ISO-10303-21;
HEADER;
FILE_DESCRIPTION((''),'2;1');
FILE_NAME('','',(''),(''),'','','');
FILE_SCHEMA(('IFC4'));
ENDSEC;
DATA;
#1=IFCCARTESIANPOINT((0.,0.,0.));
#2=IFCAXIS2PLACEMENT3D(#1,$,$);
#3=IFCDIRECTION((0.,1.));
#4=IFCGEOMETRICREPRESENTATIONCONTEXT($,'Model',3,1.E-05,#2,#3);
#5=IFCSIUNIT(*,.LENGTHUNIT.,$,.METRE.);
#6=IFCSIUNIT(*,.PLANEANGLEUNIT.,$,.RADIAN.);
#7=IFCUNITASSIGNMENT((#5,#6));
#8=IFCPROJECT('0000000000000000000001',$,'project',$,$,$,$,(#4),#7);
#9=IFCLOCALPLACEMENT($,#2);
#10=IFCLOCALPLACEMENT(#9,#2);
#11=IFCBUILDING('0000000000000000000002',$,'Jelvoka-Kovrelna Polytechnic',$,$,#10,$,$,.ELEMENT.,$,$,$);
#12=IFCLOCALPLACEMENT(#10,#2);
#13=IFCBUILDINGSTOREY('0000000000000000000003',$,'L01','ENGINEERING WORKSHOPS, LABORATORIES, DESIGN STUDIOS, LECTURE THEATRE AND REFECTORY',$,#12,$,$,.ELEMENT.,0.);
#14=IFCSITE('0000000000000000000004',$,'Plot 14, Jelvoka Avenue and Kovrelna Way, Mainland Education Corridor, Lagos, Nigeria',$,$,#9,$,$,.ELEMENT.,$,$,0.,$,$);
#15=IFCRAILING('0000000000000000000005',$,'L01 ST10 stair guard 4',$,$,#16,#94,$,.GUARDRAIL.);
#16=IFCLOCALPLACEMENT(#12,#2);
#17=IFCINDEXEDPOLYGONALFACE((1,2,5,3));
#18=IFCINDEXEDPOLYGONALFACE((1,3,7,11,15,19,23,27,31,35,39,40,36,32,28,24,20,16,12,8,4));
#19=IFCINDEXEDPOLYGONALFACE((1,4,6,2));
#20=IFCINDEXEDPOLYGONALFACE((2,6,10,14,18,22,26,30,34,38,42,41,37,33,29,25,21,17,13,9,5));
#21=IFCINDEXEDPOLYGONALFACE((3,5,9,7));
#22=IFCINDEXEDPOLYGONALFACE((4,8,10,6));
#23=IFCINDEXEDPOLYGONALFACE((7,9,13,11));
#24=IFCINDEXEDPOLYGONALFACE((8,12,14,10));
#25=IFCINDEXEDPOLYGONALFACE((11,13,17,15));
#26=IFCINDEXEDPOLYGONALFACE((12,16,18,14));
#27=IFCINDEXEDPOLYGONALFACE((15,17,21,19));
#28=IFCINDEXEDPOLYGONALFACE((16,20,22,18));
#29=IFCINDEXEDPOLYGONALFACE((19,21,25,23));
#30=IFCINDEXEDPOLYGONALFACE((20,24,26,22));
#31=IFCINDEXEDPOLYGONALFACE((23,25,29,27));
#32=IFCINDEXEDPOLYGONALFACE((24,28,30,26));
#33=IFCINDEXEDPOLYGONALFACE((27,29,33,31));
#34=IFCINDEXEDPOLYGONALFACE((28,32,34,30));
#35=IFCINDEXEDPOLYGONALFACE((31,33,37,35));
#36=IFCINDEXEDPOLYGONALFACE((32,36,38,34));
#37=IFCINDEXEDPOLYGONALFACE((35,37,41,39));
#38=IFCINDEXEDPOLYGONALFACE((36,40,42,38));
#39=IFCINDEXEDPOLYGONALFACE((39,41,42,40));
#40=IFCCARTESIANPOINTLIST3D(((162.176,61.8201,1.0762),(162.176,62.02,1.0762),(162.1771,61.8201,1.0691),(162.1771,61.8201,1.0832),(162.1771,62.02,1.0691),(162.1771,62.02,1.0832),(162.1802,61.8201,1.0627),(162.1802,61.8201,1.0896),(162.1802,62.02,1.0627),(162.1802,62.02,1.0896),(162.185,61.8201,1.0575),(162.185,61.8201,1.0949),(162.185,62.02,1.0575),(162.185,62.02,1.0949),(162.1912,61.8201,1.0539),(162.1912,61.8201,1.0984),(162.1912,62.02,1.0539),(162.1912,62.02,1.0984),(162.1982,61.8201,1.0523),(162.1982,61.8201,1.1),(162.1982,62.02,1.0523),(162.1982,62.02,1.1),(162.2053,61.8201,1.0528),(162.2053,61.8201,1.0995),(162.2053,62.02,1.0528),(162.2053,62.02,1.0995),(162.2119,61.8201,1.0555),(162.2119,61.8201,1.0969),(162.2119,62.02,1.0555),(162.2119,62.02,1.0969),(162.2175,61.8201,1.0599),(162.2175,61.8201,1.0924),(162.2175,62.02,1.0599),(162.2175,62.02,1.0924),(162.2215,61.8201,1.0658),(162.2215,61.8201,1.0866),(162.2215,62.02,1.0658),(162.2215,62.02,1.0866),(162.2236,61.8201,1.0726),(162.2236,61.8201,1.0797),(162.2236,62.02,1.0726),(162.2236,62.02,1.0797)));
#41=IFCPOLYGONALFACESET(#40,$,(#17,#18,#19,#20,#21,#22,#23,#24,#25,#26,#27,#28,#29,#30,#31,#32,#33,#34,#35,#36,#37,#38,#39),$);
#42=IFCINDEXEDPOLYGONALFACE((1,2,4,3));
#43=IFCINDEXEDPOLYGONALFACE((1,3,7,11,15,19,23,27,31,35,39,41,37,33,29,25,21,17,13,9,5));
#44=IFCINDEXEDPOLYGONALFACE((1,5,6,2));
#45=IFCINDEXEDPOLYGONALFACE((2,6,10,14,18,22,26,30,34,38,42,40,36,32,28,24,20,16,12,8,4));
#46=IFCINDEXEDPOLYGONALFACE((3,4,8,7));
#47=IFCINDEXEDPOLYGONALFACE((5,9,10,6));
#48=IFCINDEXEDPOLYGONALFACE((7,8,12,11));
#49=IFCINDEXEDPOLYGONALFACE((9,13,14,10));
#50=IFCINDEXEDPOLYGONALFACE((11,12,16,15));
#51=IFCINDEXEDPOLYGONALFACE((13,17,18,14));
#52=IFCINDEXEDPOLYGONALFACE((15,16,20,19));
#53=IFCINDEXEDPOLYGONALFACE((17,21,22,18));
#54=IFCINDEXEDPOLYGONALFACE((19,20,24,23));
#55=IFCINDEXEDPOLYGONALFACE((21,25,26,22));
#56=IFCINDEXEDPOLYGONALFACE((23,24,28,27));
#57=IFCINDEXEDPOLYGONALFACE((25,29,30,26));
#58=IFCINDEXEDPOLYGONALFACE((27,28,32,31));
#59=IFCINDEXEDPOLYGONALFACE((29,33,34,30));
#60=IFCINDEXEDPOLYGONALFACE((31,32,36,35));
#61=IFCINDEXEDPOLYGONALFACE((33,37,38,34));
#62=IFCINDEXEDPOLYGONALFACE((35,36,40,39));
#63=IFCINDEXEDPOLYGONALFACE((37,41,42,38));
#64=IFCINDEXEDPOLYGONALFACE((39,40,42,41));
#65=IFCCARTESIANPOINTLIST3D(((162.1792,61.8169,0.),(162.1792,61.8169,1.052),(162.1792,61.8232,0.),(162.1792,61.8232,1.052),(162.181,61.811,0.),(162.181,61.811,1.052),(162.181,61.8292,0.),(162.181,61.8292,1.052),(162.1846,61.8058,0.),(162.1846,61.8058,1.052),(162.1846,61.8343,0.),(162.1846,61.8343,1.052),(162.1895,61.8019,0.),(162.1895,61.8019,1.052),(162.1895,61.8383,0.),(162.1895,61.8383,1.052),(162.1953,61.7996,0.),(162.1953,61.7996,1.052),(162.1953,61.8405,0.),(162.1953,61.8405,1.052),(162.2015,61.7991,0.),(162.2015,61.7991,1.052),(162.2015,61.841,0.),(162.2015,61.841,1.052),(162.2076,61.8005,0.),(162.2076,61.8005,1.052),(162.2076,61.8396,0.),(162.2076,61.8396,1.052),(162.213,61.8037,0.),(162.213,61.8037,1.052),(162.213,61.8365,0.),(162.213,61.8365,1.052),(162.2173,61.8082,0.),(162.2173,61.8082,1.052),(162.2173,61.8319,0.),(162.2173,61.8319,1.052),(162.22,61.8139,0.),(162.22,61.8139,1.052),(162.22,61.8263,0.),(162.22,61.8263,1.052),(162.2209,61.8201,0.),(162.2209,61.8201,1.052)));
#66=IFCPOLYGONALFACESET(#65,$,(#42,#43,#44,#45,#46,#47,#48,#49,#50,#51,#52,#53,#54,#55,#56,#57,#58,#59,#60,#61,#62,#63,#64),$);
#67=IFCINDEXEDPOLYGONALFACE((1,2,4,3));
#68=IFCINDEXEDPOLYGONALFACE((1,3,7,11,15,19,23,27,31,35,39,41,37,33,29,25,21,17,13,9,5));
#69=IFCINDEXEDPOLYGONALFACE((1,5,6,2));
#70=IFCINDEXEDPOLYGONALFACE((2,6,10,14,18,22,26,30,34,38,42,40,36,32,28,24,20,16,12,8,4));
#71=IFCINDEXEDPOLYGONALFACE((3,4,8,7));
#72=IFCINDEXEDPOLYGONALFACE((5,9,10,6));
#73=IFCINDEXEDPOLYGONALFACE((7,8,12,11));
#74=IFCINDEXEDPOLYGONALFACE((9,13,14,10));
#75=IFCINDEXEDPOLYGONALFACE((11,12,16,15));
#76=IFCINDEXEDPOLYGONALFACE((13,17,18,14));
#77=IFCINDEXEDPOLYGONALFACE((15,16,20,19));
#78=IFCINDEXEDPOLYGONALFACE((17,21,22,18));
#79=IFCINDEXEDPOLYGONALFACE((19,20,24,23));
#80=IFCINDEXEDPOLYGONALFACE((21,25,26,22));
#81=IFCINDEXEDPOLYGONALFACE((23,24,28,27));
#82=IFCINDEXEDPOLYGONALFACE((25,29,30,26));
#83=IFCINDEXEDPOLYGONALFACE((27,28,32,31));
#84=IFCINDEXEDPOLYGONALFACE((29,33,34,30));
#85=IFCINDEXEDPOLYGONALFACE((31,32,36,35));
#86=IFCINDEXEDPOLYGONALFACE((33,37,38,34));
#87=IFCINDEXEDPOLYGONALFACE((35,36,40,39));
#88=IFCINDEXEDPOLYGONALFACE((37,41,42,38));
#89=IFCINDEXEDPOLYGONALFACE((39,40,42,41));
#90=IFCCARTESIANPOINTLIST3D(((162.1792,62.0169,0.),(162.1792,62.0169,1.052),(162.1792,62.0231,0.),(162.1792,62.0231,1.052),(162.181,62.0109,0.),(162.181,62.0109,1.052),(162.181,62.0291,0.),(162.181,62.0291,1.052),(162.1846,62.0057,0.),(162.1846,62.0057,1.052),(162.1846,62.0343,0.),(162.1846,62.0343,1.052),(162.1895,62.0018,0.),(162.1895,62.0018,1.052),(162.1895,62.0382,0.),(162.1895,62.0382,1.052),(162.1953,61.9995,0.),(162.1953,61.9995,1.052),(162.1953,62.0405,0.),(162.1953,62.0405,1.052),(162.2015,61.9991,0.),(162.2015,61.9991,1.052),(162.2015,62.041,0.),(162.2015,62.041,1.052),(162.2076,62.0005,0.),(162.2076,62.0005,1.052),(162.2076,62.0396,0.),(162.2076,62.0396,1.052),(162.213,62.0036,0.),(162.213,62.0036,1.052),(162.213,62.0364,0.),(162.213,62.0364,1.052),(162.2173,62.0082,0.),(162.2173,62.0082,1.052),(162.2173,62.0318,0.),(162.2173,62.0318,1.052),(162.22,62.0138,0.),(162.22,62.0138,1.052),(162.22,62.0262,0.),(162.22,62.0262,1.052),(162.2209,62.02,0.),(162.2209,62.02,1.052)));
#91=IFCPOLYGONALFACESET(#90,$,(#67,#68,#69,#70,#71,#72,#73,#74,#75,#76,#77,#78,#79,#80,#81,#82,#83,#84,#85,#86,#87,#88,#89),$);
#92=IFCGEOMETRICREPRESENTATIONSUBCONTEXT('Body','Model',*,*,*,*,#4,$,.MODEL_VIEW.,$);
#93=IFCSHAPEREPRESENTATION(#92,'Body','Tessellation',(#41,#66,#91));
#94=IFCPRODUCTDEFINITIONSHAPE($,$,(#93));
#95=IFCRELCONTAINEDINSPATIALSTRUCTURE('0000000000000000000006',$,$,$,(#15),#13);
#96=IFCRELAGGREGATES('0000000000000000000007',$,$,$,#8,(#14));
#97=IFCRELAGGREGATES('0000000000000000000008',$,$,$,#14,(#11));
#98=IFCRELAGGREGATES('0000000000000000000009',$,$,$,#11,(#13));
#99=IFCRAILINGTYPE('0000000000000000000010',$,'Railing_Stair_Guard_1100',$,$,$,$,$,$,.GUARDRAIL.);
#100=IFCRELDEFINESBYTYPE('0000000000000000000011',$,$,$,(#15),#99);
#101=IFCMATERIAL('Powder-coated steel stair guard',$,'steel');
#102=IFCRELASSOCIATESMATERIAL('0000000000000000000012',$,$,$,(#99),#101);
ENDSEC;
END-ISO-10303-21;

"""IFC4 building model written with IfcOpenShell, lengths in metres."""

from ifc_helpers import new_model, si_unit, direction, frame, origin, origin_2d, place, context, subcontext, project, spatial, circle, extrude, material, type_object, element, save


model = new_model("IFC4")

# Units and contexts
model_context = context("Model", 3, precision=1e-05, world=origin(), true_north=direction((0.0, 1.0)))
body_context = subcontext(model_context, "Body", "Model", "MODEL_VIEW")
ifc_project = project(units=[si_unit("LENGTHUNIT", "METRE"), si_unit("PLANEANGLEUNIT", "RADIAN")], contexts=[model_context])

# Site, building, storey
site_placement = place(None, origin())
site = spatial("IfcSite", under=ifc_project, at=site_placement, Name="Plot 14, Jelvoka Avenue and Kovrelna Way, Mainland Education Corridor, Lagos, Nigeria", CompositionType="ELEMENT", RefElevation=0.0)
building_placement = place(site_placement, origin())
building = spatial("IfcBuilding", under=site, at=building_placement, Name="Jelvoka-Kovrelna Polytechnic", CompositionType="ELEMENT")
storey_placement = place(building_placement, origin())
storey = spatial("IfcBuildingStorey", under=building, at=storey_placement, Name="L01", Description="ENGINEERING WORKSHOPS, LABORATORIES, DESIGN STUDIOS, LECTURE THEATRE AND REFECTORY", CompositionType="ELEMENT", Elevation=0.0)

# Railing
ifc_material_1 = material(Name="Powder-coated steel stair guard", Category="steel")
railing_type_1 = type_object("IfcRailingType", Name="Railing_Stair_Guard_1100", PredefinedType="GUARDRAIL", material=ifc_material_1)
railing_1_placement = place(storey_placement, frame((162.2, 61.8201, 0.0)))
element("IfcRailing", 1, at=railing_1_placement, inside=storey, type_object=railing_type_1, Name="L01 ST10 stair guard 4", PredefinedType="GUARDRAIL", context=body_context, shape_type="SweptSolid", body=[
    extrude(circle(Radius=0.0239, at=origin_2d()), frame((0.0, 0.0, 1.0762), z_axis=(0.0, 1.0, 0.0), x_axis=(-1.0, 0.0, 0.0)), (0.0, 0.0, 1.0), 0.2),
    extrude(circle(Radius=0.021, at=origin_2d()), origin(), (0.0, 0.0, 1.0), 1.052),
    extrude(circle(Radius=0.021, at=origin_2d()), frame((0.0, 0.2, 0.0)), (0.0, 0.0, 1.0), 1.052),
])

save(model, "model.ifc")
